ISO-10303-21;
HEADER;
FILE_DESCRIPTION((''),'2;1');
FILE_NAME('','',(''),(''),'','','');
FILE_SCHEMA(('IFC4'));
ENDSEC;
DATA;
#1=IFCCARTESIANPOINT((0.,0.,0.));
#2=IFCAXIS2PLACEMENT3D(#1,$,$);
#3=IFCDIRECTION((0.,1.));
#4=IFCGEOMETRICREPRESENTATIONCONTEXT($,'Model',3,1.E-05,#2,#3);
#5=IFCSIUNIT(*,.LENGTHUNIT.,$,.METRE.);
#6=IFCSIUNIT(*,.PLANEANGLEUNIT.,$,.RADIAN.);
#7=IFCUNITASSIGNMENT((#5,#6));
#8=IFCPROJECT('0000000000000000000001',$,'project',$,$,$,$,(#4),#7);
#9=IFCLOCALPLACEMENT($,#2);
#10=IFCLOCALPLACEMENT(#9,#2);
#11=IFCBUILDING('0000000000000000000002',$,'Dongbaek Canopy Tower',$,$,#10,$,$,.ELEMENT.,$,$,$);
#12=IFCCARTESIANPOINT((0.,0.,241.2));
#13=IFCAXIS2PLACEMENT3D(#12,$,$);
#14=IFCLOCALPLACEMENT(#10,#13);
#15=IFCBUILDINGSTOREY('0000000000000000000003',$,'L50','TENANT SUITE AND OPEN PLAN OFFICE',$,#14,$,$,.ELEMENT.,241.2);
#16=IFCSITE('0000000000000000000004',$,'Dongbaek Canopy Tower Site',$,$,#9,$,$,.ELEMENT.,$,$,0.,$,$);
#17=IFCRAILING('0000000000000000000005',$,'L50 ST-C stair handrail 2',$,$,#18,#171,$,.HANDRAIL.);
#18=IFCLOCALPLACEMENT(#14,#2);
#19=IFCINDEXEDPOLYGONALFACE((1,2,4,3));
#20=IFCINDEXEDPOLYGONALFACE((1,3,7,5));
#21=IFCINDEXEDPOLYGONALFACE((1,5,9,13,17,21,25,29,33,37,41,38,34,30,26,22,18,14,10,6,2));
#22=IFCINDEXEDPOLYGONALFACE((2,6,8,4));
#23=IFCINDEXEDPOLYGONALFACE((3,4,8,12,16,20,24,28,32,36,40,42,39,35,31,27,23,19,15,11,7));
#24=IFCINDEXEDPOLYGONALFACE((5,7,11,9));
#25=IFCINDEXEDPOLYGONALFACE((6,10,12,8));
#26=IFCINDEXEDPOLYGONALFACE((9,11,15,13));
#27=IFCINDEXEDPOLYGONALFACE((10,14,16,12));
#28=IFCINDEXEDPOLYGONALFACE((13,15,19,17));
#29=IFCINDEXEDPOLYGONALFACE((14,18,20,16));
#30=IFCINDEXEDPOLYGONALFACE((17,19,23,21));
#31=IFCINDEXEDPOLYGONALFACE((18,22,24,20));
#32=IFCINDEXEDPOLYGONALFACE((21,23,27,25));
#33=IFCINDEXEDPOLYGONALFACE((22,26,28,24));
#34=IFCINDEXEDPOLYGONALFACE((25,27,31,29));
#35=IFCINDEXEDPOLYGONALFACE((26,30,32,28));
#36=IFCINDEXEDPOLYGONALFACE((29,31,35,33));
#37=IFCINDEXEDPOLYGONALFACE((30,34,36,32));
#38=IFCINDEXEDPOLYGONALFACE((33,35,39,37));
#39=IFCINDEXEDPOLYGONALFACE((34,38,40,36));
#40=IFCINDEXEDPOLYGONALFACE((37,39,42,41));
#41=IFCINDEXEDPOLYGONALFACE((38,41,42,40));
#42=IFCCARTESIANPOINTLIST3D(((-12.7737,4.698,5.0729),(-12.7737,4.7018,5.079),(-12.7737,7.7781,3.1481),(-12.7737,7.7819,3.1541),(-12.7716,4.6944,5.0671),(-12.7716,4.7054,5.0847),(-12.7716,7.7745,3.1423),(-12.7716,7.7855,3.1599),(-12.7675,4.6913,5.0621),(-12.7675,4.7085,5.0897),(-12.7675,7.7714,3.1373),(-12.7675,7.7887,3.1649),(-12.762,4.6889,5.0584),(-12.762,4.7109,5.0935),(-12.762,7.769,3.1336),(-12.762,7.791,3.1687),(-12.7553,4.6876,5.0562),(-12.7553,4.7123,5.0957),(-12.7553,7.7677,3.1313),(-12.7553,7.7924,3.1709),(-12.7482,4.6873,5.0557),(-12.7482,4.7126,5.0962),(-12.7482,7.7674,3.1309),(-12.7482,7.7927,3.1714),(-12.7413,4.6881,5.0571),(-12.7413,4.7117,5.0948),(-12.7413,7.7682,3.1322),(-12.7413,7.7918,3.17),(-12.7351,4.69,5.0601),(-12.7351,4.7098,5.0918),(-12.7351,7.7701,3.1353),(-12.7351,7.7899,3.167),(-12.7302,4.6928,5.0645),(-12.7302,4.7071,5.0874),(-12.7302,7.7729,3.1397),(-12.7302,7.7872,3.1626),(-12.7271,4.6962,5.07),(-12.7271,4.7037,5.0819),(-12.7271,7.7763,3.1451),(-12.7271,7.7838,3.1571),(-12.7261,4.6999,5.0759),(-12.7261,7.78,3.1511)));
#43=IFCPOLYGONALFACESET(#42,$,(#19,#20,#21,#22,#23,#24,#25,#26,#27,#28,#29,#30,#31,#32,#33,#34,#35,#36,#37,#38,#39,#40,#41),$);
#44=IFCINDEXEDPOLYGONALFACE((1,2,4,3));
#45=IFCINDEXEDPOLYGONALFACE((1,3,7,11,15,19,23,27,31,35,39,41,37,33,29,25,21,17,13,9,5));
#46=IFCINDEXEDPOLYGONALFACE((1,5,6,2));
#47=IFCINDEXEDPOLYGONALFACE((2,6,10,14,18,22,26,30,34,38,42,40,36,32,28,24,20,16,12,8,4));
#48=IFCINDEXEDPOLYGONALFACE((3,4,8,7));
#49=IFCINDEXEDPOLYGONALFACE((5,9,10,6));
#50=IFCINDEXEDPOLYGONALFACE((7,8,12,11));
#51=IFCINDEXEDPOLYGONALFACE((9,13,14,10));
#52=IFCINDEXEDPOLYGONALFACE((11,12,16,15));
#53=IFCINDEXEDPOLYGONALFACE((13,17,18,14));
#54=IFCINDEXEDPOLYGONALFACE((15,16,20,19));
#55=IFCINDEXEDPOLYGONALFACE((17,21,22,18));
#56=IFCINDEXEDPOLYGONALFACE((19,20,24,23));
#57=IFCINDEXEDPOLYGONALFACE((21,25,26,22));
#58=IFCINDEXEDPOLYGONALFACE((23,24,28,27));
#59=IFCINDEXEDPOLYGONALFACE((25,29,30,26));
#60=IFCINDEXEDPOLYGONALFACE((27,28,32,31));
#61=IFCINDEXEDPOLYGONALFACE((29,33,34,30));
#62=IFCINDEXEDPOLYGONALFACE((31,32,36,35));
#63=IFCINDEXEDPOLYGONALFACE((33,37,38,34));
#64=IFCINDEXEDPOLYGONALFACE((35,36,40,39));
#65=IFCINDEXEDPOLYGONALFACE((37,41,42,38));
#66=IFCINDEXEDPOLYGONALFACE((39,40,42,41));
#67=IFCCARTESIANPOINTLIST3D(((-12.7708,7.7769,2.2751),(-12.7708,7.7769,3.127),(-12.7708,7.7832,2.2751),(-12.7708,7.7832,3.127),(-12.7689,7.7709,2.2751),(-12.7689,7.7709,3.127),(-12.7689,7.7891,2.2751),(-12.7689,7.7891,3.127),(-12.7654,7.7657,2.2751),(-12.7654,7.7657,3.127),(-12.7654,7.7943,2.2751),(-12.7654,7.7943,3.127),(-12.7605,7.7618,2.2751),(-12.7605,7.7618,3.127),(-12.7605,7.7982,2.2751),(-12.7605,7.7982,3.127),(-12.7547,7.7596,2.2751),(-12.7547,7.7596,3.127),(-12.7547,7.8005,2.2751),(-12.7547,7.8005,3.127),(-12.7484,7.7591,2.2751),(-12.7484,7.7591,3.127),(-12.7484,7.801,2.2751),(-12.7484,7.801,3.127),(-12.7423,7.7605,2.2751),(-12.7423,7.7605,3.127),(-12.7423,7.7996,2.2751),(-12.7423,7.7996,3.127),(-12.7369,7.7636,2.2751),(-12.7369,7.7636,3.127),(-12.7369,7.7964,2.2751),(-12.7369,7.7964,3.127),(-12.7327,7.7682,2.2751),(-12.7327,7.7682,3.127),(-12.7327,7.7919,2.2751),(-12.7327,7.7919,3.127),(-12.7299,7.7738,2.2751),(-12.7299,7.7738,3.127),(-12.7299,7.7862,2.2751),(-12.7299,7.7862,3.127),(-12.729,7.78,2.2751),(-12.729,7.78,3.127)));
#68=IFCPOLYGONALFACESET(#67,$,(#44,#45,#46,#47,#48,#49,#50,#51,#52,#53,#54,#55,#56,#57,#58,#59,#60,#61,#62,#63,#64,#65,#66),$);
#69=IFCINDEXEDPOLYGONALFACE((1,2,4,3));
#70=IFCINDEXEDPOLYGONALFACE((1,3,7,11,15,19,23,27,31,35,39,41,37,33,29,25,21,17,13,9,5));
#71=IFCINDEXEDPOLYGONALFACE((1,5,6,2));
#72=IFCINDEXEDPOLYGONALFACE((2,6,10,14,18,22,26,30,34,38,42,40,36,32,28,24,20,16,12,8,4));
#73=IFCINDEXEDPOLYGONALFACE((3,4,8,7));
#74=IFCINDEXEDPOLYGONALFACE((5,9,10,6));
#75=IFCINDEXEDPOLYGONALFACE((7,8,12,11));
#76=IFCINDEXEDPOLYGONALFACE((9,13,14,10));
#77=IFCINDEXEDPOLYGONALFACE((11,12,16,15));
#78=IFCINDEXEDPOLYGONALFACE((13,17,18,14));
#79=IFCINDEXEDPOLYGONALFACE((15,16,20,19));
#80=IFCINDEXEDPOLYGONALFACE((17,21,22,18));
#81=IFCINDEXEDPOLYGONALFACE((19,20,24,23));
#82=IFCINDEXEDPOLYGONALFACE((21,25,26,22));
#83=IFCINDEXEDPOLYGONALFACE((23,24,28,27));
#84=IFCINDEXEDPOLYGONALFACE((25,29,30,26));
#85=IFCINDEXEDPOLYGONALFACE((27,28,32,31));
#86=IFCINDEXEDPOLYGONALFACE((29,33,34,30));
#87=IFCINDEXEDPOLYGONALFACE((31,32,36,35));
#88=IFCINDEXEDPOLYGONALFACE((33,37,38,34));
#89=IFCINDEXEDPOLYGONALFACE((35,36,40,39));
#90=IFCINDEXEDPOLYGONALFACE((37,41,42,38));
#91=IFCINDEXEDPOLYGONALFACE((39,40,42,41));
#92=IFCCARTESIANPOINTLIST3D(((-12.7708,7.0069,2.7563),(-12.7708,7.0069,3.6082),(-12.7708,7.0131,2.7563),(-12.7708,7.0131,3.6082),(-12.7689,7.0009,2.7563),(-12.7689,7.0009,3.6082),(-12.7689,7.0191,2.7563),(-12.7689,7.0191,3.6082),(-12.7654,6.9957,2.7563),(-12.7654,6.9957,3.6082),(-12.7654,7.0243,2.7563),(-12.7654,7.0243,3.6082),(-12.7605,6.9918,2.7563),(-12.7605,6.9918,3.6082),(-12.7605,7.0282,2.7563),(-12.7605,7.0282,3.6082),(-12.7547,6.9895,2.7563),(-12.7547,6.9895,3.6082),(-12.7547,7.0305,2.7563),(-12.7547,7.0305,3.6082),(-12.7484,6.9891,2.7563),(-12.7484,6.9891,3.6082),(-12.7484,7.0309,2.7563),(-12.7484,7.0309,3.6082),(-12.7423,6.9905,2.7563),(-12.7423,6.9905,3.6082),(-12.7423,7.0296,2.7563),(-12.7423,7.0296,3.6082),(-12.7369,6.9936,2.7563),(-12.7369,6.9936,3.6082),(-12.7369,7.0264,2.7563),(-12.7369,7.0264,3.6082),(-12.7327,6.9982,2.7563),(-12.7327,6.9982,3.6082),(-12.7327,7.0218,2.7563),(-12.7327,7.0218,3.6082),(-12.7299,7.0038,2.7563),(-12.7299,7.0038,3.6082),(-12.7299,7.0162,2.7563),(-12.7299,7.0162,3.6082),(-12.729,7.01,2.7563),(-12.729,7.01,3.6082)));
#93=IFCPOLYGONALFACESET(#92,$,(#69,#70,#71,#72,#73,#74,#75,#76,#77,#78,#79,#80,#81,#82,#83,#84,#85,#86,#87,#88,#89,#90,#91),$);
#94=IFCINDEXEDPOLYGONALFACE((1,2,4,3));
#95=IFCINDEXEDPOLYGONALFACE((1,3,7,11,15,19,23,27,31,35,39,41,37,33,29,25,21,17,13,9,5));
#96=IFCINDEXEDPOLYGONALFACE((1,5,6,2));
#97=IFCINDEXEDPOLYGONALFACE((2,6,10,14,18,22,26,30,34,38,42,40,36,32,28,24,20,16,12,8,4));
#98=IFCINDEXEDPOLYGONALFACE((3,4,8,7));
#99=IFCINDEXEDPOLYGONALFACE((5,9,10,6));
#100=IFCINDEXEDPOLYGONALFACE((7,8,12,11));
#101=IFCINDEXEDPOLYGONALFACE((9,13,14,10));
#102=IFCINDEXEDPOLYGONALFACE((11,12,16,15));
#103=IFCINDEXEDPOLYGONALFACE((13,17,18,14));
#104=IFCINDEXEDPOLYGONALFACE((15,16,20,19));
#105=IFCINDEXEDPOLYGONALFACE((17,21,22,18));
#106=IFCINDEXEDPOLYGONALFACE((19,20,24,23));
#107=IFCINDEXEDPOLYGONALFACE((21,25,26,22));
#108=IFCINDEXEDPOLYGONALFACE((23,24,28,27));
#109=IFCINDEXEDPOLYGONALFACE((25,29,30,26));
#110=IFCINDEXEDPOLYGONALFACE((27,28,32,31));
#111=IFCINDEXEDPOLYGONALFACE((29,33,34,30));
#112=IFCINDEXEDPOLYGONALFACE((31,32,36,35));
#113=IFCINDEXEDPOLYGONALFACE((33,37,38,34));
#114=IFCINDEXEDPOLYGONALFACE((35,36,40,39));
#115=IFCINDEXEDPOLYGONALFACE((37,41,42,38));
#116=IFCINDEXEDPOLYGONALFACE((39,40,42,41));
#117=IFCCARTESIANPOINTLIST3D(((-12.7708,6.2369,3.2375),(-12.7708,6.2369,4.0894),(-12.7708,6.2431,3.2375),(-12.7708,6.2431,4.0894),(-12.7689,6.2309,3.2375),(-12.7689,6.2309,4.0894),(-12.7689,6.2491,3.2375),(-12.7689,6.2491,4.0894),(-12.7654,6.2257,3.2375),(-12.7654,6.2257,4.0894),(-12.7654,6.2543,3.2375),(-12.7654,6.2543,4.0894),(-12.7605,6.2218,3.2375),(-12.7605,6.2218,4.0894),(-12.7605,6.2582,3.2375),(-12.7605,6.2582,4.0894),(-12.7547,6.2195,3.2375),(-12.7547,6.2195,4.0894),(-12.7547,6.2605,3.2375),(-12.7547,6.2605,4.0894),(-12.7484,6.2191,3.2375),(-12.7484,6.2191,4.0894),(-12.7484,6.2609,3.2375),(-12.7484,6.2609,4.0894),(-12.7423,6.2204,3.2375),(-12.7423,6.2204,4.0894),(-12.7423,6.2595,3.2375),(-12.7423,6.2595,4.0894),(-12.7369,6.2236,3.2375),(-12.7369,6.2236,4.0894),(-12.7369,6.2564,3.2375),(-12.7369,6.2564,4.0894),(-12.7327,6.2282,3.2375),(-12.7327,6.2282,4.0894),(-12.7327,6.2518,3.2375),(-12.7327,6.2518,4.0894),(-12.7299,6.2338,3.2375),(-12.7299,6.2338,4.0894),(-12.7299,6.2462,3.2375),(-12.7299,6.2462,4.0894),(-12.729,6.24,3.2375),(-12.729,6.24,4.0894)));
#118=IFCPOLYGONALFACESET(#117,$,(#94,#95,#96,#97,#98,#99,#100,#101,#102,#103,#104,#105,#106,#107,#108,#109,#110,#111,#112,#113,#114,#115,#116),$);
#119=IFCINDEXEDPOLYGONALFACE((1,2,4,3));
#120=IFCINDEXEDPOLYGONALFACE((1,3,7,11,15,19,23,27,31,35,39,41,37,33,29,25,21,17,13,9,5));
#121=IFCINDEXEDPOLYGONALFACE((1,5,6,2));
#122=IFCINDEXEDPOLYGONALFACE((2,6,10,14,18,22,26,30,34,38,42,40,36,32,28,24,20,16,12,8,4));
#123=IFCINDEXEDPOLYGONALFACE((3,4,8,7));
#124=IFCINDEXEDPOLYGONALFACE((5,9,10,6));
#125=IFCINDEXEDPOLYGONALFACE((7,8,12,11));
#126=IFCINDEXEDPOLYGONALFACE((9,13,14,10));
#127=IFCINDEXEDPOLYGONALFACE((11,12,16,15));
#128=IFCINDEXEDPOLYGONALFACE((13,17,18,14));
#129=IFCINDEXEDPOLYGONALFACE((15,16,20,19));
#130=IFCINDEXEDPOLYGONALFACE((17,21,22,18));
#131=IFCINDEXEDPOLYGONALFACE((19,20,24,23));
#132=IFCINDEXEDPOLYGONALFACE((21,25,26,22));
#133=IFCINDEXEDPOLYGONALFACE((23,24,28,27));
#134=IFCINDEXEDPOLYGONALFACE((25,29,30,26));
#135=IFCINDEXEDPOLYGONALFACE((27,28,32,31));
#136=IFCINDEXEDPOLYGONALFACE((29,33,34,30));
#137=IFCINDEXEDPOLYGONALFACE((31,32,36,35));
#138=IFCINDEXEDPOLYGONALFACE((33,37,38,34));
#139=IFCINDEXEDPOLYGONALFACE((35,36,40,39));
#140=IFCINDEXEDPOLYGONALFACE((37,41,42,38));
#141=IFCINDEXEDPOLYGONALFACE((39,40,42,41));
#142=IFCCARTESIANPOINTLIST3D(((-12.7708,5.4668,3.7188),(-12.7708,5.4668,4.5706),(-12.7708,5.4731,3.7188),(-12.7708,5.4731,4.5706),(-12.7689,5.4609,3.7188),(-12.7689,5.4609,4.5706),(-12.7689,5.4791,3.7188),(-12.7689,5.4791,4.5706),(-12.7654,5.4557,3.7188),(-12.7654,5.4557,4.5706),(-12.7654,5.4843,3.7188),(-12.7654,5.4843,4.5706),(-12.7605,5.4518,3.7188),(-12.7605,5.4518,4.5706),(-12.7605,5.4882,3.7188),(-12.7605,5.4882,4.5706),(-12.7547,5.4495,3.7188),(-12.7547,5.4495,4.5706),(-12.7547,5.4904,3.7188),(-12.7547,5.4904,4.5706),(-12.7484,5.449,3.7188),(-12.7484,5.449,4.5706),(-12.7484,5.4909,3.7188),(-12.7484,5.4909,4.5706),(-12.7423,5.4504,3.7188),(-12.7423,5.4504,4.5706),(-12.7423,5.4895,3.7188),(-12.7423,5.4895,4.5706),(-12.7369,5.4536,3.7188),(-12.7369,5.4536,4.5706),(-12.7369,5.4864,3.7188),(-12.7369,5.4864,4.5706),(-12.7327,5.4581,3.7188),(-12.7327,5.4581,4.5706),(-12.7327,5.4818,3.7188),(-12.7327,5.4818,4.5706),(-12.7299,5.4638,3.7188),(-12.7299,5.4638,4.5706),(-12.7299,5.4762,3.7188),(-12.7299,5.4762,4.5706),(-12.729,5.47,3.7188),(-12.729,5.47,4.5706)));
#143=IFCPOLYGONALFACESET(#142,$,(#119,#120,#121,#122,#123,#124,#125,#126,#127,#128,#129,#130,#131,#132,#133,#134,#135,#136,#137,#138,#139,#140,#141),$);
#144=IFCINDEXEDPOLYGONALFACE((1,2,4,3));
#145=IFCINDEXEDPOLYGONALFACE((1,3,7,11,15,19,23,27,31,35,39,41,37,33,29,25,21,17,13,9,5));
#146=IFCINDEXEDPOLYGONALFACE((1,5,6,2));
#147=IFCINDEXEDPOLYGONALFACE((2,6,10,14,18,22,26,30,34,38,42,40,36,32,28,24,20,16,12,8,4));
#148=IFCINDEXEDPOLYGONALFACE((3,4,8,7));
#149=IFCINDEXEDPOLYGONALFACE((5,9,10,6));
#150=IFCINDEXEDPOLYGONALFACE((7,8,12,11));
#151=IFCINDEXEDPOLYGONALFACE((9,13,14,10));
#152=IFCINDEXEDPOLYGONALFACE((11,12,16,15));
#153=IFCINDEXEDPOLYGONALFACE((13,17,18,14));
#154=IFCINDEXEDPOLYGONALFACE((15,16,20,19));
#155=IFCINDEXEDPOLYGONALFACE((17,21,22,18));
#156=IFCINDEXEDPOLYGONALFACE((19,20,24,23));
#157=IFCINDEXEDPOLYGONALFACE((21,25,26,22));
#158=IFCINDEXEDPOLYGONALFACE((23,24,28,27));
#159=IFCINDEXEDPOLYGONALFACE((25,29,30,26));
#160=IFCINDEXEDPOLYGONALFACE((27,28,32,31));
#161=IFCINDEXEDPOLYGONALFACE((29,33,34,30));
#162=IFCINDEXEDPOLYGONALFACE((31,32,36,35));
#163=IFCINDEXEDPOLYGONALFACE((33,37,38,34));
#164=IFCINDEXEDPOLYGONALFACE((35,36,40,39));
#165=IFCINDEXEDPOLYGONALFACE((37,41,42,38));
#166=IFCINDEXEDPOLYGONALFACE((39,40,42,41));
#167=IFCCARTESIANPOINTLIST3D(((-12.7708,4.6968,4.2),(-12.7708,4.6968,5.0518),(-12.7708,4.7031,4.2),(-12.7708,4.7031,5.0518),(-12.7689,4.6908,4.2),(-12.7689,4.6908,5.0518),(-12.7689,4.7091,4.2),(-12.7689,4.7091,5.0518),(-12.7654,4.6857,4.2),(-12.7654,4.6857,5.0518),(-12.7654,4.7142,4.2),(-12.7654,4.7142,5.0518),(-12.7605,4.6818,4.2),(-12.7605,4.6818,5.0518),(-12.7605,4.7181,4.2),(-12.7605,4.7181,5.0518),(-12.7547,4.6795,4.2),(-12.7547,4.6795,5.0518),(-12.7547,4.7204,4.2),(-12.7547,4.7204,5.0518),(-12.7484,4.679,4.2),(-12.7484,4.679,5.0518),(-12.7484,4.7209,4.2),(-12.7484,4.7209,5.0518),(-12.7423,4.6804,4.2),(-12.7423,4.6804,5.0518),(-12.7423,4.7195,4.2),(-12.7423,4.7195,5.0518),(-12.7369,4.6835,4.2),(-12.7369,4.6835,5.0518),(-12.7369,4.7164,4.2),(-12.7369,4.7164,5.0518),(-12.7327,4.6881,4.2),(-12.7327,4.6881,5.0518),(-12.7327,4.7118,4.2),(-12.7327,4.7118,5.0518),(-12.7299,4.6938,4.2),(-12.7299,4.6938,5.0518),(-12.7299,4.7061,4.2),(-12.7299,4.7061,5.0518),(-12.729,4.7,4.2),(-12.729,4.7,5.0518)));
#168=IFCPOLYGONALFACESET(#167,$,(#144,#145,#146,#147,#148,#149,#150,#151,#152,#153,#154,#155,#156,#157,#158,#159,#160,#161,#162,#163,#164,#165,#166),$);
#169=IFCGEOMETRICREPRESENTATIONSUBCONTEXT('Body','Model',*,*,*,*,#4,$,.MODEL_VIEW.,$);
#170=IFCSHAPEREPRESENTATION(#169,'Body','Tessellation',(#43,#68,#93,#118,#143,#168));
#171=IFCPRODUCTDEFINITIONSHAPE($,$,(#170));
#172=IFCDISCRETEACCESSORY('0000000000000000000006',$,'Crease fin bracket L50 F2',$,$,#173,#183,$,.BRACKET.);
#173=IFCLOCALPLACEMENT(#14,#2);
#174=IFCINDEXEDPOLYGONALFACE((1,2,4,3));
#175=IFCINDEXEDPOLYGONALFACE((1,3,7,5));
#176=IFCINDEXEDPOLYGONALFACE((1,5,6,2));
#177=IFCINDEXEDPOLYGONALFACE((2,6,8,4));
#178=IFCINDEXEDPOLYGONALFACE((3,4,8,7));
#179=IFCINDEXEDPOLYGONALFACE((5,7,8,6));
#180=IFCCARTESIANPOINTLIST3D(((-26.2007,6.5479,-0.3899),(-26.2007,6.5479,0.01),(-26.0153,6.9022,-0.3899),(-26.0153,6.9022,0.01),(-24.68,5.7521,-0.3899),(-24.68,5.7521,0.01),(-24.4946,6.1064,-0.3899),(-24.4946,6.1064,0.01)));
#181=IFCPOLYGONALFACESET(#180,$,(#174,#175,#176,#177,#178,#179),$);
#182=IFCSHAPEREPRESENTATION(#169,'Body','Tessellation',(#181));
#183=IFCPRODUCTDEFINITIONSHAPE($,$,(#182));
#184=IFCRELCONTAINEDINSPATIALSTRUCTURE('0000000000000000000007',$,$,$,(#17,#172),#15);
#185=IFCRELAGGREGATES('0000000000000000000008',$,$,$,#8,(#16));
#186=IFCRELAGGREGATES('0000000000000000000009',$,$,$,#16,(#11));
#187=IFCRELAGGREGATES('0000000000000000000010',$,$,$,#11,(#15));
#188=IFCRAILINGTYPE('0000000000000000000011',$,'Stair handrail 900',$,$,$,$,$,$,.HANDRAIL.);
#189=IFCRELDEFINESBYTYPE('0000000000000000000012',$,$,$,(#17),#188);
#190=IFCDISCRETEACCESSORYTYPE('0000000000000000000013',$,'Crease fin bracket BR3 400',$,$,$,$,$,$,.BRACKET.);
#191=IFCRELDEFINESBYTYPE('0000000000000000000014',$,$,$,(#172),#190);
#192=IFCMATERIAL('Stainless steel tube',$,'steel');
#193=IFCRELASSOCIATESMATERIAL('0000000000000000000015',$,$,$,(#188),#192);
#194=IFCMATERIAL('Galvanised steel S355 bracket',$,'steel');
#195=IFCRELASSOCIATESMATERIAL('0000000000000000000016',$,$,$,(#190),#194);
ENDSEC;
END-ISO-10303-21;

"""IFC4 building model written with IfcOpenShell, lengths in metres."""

from ifc_helpers import new_model, si_unit, direction, frame, origin, origin_2d, place, context, subcontext, project, spatial, rectangle, circle, extrude, material, type_object, element, save


model = new_model("IFC4")

# Units and contexts
model_context = context("Model", 3, precision=1e-05, world=origin(), true_north=direction((0.0, 1.0)))
body_context = subcontext(model_context, "Body", "Model", "MODEL_VIEW")
ifc_project = project(units=[si_unit("LENGTHUNIT", "METRE"), si_unit("PLANEANGLEUNIT", "RADIAN")], contexts=[model_context])

# Site, building, storey
site_placement = place(None, origin())
site = spatial("IfcSite", under=ifc_project, at=site_placement, Name="Dongbaek Canopy Tower Site", CompositionType="ELEMENT", RefElevation=0.0)
building_placement = place(site_placement, origin())
building = spatial("IfcBuilding", under=site, at=building_placement, Name="Dongbaek Canopy Tower", CompositionType="ELEMENT")
storey_placement = place(building_placement, frame((0.0, 0.0, 241.2)))
storey = spatial("IfcBuildingStorey", under=building, at=storey_placement, Name="L50", Description="TENANT SUITE AND OPEN PLAN OFFICE", CompositionType="ELEMENT", Elevation=241.2)

# Railing
ifc_material_1 = material(Name="Stainless steel tube", Category="steel")
railing_type_1 = type_object("IfcRailingType", Name="Stair handrail 900", PredefinedType="HANDRAIL", material=ifc_material_1)
railing_1_placement = place(storey_placement, frame((-12.75, 7.78, 2.2751)))
element("IfcRailing", 1, at=railing_1_placement, inside=storey, type_object=railing_type_1, Name="L50 ST-C stair handrail 2", PredefinedType="HANDRAIL", context=body_context, shape_type="SweptSolid", body=[
    extrude(circle(Radius=0.0239, at=origin_2d()), frame((0.0, 0.0, 0.876), z_axis=(0.0, -0.848029, 0.529951), x_axis=(1.0, 0.0, 0.0)), (0.0, 0.0, 1.0), 3.6321),
    extrude(circle(Radius=0.021, at=origin_2d()), origin(), (0.0, 0.0, 1.0), 0.8518),
    extrude(circle(Radius=0.021, at=origin_2d()), frame((0.0, -0.77, 0.4812)), (0.0, 0.0, 1.0), 0.8518),
    extrude(circle(Radius=0.021, at=origin_2d()), frame((0.0, -1.54, 0.9624)), (0.0, 0.0, 1.0), 0.8518),
    extrude(circle(Radius=0.021, at=origin_2d()), frame((0.0, -2.3101, 1.4436)), (0.0, 0.0, 1.0), 0.8518),
    extrude(circle(Radius=0.021, at=origin_2d()), frame((0.0, -3.0801, 1.9248)), (0.0, 0.0, 1.0), 0.8518),
])

# Discrete accessory
ifc_material_2 = material(Name="Galvanised steel S355 bracket", Category="steel")
discrete_accessory_type = type_object("IfcDiscreteAccessoryType", Name="Crease fin bracket BR3 400", PredefinedType="BRACKET", material=ifc_material_2)
discrete_accessory_placement = place(storey_placement, frame((-25.3477, 6.3271, -0.3899), z_axis=(0.0, 0.0, 1.0), x_axis=(-0.886019, 0.463649, 0.0)))
element("IfcDiscreteAccessory", 2, at=discrete_accessory_placement, inside=storey, type_object=discrete_accessory_type, Name="Crease fin bracket L50 F2", PredefinedType="BRACKET", context=body_context, shape_type="SweptSolid", body=[
    extrude(rectangle(XDim=1.7163, YDim=0.3999, at=origin_2d()), origin(), (0.0, 0.0, 1.0), 0.3999),
])

save(model, "model.ifc")
